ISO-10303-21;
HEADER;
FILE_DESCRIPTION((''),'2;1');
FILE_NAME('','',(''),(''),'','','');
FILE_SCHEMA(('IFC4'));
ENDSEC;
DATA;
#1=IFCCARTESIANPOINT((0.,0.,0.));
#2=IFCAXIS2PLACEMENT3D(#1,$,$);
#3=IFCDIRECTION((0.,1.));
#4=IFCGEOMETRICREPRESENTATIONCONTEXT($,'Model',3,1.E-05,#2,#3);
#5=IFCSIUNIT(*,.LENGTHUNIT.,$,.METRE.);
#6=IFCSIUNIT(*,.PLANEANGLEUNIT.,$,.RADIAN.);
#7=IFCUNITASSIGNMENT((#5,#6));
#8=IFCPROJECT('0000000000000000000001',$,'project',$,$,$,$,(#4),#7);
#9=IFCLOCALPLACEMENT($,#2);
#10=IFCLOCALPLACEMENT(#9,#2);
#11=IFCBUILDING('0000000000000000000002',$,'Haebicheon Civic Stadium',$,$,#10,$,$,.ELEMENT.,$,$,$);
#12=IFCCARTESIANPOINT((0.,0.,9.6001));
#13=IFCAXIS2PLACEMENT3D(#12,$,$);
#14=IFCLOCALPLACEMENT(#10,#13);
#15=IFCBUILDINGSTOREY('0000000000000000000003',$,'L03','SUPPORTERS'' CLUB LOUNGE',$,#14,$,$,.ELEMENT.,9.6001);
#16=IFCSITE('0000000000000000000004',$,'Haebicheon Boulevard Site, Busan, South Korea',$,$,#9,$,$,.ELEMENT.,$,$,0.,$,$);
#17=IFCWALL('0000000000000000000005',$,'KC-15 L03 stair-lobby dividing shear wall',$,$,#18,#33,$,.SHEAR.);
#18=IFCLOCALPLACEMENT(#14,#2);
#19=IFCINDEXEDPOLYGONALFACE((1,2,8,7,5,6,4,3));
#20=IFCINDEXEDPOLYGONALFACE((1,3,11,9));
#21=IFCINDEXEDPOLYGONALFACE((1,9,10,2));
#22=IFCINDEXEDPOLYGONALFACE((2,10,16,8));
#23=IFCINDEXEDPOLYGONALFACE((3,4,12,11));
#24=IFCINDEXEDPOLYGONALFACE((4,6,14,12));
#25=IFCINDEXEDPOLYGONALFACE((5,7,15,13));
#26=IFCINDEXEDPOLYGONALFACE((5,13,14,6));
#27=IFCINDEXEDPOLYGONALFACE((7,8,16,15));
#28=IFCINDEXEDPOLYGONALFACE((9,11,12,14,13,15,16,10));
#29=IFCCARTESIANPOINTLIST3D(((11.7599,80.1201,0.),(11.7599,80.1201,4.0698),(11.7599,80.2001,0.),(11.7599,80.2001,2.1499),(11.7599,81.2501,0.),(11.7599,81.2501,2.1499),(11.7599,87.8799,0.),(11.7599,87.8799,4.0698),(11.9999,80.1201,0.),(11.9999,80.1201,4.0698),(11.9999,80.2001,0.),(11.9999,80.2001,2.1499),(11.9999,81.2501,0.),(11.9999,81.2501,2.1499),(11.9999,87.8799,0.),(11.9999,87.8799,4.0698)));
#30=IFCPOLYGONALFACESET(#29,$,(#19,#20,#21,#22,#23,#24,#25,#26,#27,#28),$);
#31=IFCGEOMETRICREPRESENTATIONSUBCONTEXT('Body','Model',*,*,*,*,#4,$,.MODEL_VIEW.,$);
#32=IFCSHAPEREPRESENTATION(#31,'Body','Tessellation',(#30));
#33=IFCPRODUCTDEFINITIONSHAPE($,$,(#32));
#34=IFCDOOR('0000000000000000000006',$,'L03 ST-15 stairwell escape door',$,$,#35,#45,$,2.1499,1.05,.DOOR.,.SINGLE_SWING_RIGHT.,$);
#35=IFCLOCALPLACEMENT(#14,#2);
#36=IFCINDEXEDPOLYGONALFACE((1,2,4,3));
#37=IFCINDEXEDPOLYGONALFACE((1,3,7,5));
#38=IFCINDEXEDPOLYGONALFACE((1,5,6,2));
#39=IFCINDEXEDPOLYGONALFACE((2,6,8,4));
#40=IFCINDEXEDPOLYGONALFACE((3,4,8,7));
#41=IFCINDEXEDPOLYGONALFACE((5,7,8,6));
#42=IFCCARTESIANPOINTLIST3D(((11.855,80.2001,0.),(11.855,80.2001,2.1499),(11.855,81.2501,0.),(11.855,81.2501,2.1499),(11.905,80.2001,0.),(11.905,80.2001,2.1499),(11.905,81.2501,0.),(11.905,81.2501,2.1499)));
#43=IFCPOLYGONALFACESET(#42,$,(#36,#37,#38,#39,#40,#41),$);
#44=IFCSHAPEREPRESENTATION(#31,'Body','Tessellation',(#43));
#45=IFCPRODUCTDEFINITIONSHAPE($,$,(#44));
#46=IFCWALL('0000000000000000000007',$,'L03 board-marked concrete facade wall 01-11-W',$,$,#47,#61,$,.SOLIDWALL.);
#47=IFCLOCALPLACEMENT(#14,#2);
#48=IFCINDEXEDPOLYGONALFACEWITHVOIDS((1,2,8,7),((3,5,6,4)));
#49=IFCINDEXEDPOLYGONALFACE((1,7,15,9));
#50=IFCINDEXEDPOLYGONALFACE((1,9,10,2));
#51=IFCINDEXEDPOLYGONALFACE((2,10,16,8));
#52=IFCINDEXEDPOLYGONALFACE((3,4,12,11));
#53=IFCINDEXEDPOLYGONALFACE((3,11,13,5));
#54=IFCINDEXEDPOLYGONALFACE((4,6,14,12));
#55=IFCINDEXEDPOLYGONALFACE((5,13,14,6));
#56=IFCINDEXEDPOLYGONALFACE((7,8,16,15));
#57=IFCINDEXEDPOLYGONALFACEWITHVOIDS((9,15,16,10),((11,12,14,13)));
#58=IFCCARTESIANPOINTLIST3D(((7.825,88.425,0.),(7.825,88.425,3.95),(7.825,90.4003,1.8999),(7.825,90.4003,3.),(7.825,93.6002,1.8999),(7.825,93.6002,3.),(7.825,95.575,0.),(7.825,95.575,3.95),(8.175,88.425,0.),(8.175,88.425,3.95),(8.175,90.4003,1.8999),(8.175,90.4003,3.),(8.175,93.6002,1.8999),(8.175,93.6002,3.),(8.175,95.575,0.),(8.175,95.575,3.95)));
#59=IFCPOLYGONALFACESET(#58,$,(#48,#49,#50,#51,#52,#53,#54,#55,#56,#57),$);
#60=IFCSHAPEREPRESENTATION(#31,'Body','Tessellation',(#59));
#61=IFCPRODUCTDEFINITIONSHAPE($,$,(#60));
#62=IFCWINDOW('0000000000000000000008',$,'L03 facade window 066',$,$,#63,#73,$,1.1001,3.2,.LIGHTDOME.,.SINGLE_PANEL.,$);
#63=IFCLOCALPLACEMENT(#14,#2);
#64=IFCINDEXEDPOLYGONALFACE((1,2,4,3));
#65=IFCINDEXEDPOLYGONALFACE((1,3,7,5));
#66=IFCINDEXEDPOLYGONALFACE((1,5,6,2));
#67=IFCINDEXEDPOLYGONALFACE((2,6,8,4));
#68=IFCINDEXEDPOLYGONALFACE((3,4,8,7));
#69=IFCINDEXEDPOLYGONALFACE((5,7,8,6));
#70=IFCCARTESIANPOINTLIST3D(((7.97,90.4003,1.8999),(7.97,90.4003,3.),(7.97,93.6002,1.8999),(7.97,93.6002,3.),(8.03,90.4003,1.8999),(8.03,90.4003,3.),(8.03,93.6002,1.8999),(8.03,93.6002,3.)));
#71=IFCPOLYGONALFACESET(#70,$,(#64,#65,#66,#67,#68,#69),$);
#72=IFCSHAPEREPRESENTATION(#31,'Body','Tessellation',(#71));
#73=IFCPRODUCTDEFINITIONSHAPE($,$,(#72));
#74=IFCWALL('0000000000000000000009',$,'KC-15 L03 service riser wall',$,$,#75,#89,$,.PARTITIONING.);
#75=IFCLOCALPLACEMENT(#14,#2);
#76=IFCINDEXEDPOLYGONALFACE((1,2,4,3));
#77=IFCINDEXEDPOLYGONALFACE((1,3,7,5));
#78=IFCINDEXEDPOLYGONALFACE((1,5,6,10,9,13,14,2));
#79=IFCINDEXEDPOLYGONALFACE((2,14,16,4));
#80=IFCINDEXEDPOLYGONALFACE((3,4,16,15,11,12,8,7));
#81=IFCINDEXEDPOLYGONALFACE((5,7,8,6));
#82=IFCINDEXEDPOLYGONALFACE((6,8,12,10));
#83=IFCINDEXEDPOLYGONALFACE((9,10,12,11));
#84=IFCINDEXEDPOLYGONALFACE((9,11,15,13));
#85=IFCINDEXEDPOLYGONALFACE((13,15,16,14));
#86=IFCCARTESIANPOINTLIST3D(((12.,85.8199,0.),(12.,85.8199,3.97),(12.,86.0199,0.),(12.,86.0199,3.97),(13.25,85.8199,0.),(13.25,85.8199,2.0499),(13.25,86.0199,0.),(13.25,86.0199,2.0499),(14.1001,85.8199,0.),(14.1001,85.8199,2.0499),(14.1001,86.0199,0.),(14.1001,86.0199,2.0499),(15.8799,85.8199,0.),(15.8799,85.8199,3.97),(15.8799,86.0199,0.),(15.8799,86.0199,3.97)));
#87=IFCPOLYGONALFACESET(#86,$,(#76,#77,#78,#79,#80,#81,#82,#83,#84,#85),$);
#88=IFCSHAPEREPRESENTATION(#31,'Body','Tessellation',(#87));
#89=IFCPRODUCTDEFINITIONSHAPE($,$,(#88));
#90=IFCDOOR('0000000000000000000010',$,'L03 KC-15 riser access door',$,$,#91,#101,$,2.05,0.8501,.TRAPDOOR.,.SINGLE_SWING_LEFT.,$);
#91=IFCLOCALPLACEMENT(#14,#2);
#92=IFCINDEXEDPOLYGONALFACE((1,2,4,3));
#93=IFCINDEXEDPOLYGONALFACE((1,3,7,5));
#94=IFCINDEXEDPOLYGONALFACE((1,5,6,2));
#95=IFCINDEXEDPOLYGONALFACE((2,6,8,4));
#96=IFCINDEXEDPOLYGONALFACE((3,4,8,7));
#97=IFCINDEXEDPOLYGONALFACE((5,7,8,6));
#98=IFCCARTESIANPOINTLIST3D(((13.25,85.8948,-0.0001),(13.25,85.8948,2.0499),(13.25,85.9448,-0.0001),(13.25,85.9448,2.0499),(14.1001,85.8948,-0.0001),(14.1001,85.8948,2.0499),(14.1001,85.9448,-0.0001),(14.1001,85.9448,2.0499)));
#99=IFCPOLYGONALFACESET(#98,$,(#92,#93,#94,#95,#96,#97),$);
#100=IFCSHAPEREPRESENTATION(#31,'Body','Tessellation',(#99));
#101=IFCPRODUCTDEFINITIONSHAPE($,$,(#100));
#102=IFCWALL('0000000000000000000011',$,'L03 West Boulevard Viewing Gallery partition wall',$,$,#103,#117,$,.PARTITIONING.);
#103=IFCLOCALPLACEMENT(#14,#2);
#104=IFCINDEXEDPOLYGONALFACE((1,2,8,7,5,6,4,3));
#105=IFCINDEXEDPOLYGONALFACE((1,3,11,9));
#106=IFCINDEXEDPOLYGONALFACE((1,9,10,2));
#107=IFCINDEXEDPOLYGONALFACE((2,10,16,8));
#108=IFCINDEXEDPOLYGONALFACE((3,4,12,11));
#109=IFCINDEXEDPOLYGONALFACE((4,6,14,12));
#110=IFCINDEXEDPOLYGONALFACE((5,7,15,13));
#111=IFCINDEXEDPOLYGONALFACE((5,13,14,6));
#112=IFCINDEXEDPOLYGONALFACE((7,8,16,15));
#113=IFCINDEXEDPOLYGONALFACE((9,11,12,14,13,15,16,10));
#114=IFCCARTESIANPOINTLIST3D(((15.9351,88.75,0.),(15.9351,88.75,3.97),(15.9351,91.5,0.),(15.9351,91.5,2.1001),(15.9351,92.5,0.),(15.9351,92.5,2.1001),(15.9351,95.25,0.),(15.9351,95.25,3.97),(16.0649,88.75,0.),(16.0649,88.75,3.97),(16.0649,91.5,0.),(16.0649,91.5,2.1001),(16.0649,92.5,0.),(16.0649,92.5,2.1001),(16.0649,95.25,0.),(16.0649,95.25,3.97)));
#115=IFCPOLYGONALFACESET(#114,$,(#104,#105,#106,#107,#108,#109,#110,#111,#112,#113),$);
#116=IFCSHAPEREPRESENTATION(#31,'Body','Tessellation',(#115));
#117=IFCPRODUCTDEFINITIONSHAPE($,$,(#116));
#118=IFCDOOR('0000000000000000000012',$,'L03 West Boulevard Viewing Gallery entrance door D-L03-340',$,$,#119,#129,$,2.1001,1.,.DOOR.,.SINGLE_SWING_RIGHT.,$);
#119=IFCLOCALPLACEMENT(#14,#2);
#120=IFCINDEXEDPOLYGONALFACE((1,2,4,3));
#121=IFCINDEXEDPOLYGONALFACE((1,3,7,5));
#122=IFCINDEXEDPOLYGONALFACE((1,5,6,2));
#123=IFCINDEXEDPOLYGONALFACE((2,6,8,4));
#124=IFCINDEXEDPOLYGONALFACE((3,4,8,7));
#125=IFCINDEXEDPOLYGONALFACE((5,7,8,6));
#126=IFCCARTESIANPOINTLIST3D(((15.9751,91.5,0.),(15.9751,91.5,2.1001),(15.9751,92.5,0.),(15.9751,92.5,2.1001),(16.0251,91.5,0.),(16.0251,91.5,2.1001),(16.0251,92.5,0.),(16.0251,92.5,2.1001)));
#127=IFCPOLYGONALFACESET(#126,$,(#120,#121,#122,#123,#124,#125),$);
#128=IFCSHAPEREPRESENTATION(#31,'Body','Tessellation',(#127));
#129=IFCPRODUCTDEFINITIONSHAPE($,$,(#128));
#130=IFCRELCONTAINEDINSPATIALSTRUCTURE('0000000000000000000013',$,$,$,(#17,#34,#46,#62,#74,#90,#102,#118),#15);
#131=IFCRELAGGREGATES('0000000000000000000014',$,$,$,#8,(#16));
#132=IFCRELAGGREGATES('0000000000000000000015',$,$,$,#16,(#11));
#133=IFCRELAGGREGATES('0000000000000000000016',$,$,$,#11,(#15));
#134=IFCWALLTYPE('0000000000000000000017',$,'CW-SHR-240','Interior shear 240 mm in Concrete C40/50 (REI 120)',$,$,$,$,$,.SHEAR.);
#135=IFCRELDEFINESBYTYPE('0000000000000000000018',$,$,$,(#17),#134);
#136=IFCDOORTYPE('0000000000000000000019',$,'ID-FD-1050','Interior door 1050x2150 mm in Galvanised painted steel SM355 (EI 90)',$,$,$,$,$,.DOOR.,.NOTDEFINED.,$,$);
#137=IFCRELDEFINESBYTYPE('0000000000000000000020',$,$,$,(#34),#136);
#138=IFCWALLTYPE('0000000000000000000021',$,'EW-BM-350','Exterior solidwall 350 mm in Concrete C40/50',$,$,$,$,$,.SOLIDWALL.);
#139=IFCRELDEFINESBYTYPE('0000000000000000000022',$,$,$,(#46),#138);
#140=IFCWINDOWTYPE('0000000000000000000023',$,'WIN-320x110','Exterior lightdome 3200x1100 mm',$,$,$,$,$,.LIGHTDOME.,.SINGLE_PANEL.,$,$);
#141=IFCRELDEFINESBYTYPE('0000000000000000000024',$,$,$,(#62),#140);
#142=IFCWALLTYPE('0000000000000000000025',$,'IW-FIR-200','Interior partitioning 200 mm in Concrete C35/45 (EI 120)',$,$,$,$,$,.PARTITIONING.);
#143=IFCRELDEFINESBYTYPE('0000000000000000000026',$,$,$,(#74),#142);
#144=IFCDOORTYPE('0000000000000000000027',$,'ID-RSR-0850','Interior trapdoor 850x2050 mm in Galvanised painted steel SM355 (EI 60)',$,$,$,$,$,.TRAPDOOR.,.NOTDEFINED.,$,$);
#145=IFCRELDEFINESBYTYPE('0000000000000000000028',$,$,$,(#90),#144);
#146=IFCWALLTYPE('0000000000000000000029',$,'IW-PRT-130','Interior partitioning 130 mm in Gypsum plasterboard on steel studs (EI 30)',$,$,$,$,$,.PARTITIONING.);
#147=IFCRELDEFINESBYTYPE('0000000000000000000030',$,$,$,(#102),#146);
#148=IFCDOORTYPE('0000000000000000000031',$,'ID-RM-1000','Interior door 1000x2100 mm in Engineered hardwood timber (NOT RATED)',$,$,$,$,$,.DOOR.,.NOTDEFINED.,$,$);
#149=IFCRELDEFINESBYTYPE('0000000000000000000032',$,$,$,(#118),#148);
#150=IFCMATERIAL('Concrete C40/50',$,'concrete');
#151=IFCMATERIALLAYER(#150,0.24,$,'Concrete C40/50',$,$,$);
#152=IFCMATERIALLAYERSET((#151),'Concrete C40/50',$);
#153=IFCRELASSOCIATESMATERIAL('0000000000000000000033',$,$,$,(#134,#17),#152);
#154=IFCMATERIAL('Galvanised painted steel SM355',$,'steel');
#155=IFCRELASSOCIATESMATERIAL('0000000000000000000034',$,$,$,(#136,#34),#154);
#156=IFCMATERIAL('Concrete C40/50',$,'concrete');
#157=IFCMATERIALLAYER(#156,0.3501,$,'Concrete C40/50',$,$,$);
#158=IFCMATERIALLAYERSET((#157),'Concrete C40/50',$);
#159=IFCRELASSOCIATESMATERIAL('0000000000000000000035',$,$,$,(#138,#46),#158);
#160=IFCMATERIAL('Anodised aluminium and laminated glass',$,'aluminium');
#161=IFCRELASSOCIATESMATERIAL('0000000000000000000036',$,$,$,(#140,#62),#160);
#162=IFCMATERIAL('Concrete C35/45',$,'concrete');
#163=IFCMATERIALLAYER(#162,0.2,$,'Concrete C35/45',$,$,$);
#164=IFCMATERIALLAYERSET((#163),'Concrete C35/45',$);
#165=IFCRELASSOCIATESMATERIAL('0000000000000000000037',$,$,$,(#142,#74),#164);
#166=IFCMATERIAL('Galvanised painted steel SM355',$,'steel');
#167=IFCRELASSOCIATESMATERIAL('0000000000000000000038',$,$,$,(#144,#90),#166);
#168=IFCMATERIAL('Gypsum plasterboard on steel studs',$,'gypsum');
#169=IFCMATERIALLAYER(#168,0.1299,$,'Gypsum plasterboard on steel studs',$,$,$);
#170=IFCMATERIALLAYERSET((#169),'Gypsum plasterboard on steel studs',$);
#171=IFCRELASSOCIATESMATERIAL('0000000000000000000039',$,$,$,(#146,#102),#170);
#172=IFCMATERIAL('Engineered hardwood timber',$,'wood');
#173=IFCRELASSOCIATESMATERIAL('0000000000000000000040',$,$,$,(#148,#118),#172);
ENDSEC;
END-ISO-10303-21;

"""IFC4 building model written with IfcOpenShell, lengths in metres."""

from ifc_helpers import new_model, si_unit, direction, frame, frame_2d, origin, place, context, subcontext, project, spatial, rectangle, extrude, material, layer, layer_set, type_object, element, fill, save


model = new_model("IFC4")

# Units and contexts
model_context = context("Model", 3, precision=1e-05, world=origin(), true_north=direction((0.0, 1.0)))
body_context = subcontext(model_context, "Body", "Model", "MODEL_VIEW")
ifc_project = project(units=[si_unit("LENGTHUNIT", "METRE"), si_unit("PLANEANGLEUNIT", "RADIAN")], contexts=[model_context])

# Site, building, storey
site_placement = place(None, origin())
site = spatial("IfcSite", under=ifc_project, at=site_placement, Name="Haebicheon Boulevard Site, Busan, South Korea", CompositionType="ELEMENT", RefElevation=0.0)
building_placement = place(site_placement, origin())
building = spatial("IfcBuilding", under=site, at=building_placement, Name="Haebicheon Civic Stadium", CompositionType="ELEMENT")
storey_placement = place(building_placement, frame((0.0, 0.0, 9.6001)))
storey = spatial("IfcBuildingStorey", under=building, at=storey_placement, Name="L03", Description="SUPPORTERS' CLUB LOUNGE", CompositionType="ELEMENT", Elevation=9.6001)

# Shared definitions
ifc_material_1 = material(Name="Concrete C40/50", Category="concrete")
ifc_layer_1 = layer(ifc_material_1, 0.24, Name="Concrete C40/50")
ifc_layer_set_1 = layer_set([ifc_layer_1], Name="Concrete C40/50")
wall_type_1 = type_object("IfcWallType", Name="CW-SHR-240", Description="Interior shear 240 mm in Concrete C40/50 (REI 120)", PredefinedType="SHEAR", material=ifc_layer_set_1)

# Wall, opening, door
wall_1_placement = place(storey_placement, frame((11.8799, 80.1201, 0.0), z_axis=(0.0, 0.0, 1.0), x_axis=(0.0, 1.0, 0.0)))
wall_1 = element("IfcWall", 1, at=wall_1_placement, inside=storey, type_object=wall_type_1, material=ifc_layer_set_1, Name="KC-15 L03 stair-lobby dividing shear wall", PredefinedType="SHEAR", context=body_context, shape_type="SweptSolid", body=[
    extrude(rectangle(XDim=7.7598, YDim=0.24, at=frame_2d((3.8799, 0.0))), origin(), (0.0, 0.0, 1.0), 4.0698),
])
opening_1_placement = place(wall_1_placement, frame((0.0801, 0.0, 0.0)))
opening_1 = element("IfcOpeningElement", 2, at=opening_1_placement, cuts=wall_1, PredefinedType="OPENING", context=body_context, shape_type="SweptSolid", body=[
    extrude(rectangle(XDim=1.05, YDim=2.1499, at=frame_2d((0.5249, 1.075))), frame((0.0, 0.1299, 0.0), z_axis=(0.0, -1.0, 0.0), x_axis=(1.0, 0.0, 0.0)), (0.0, 0.0, 1.0), 0.26),
])
ifc_material_2 = material(Name="Galvanised painted steel SM355", Category="steel")
door_type_1 = type_object("IfcDoorType", Name="ID-FD-1050", Description="Interior door 1050x2150 mm in Galvanised painted steel SM355 (EI 90)", OperationType="NOTDEFINED", PredefinedType="DOOR", material=ifc_material_2)
door_1_placement = place(opening_1_placement, origin())
door_1 = element("IfcDoor", 3, at=door_1_placement, inside=storey, type_object=door_type_1, material=ifc_material_2, Name="L03 ST-15 stairwell escape door", OperationType="SINGLE_SWING_RIGHT", OverallHeight=2.1499, OverallWidth=1.05, PredefinedType="DOOR", context=body_context, shape_type="SweptSolid", body=[
    extrude(rectangle(XDim=1.05, YDim=2.1499, at=frame_2d((0.5249, 1.075))), frame((0.0, 0.0249, 0.0), z_axis=(0.0, -1.0, 0.0), x_axis=(1.0, 0.0, 0.0)), (0.0, 0.0, 1.0), 0.05),
])
fill(opening_1, door_1)

# Wall, opening, window
ifc_material_3 = material(Name="Concrete C40/50", Category="concrete")
ifc_layer_2 = layer(ifc_material_3, 0.3501, Name="Concrete C40/50")
ifc_layer_set_2 = layer_set([ifc_layer_2], Name="Concrete C40/50")
wall_type_2 = type_object("IfcWallType", Name="EW-BM-350", Description="Exterior solidwall 350 mm in Concrete C40/50", PredefinedType="SOLIDWALL", material=ifc_layer_set_2)
wall_2_placement = place(storey_placement, frame((8.0, 88.425, 0.0), z_axis=(0.0, 0.0, 1.0), x_axis=(0.0, 1.0, 0.0)))
wall_2 = element("IfcWall", 4, at=wall_2_placement, inside=storey, type_object=wall_type_2, material=ifc_layer_set_2, Name="L03 board-marked concrete facade wall 01-11-W", PredefinedType="SOLIDWALL", context=body_context, shape_type="SweptSolid", body=[
    extrude(rectangle(XDim=7.1499, YDim=0.3501, at=frame_2d((3.575, 0.0))), origin(), (0.0, 0.0, 1.0), 3.95),
])
opening_2_placement = place(wall_2_placement, frame((1.9751, 0.0, 1.8999)))
opening_2 = element("IfcOpeningElement", 5, at=opening_2_placement, cuts=wall_2, PredefinedType="OPENING", context=body_context, shape_type="SweptSolid", body=[
    extrude(rectangle(XDim=3.2, YDim=1.1001, at=frame_2d((1.6001, 0.55))), frame((0.0, 0.1851, 0.0), z_axis=(0.0, -1.0, 0.0), x_axis=(1.0, 0.0, 0.0)), (0.0, 0.0, 1.0), 0.3701),
])
ifc_material_4 = material(Name="Anodised aluminium and laminated glass", Category="aluminium")
window_type = type_object("IfcWindowType", Name="WIN-320x110", Description="Exterior lightdome 3200x1100 mm", PartitioningType="SINGLE_PANEL", PredefinedType="LIGHTDOME", material=ifc_material_4)
window_placement = place(opening_2_placement, origin())
window = element("IfcWindow", 6, at=window_placement, inside=storey, type_object=window_type, material=ifc_material_4, Name="L03 facade window 066", OverallHeight=1.1001, OverallWidth=3.2, PartitioningType="SINGLE_PANEL", PredefinedType="LIGHTDOME", context=body_context, shape_type="SweptSolid", body=[
    extrude(rectangle(XDim=3.2, YDim=1.1001, at=frame_2d((1.6001, 0.55))), frame((0.0, 0.03, 0.0), z_axis=(0.0, -1.0, 0.0), x_axis=(1.0, 0.0, 0.0)), (0.0, 0.0, 1.0), 0.0601),
])
fill(opening_2, window)

# Walls, openings, doors
ifc_material_5 = material(Name="Concrete C35/45", Category="concrete")
ifc_layer_3 = layer(ifc_material_5, 0.2, Name="Concrete C35/45")
ifc_layer_set_3 = layer_set([ifc_layer_3], Name="Concrete C35/45")
wall_type_3 = type_object("IfcWallType", Name="IW-FIR-200", Description="Interior partitioning 200 mm in Concrete C35/45 (EI 120)", PredefinedType="PARTITIONING", material=ifc_layer_set_3)
wall_3_placement = place(storey_placement, frame((12.0, 85.9199, 0.0), z_axis=(0.0, 0.0, 1.0), x_axis=(1.0, 0.0, 0.0)))
wall_3 = element("IfcWall", 7, at=wall_3_placement, inside=storey, type_object=wall_type_3, material=ifc_layer_set_3, Name="KC-15 L03 service riser wall", PredefinedType="PARTITIONING", context=body_context, shape_type="SweptSolid", body=[
    extrude(rectangle(XDim=3.8799, YDim=0.2, at=frame_2d((1.9399, 0.0))), origin(), (0.0, 0.0, 1.0), 3.97),
])
opening_3_placement = place(wall_3_placement, frame((1.25, 0.0, 0.0)))
opening_3 = element("IfcOpeningElement", 8, at=opening_3_placement, cuts=wall_3, PredefinedType="OPENING", context=body_context, shape_type="SweptSolid", body=[
    extrude(rectangle(XDim=0.8501, YDim=2.05, at=frame_2d((0.425, 1.0249))), frame((0.0, 0.1099, 0.0), z_axis=(0.0, -1.0, 0.0), x_axis=(1.0, 0.0, 0.0)), (0.0, 0.0, 1.0), 0.22),
])
ifc_material_6 = material(Name="Galvanised painted steel SM355", Category="steel")
door_type_2 = type_object("IfcDoorType", Name="ID-RSR-0850", Description="Interior trapdoor 850x2050 mm in Galvanised painted steel SM355 (EI 60)", OperationType="NOTDEFINED", PredefinedType="TRAPDOOR", material=ifc_material_6)
door_2_placement = place(opening_3_placement, origin())
door_2 = element("IfcDoor", 9, at=door_2_placement, inside=storey, type_object=door_type_2, material=ifc_material_6, Name="L03 KC-15 riser access door", OperationType="SINGLE_SWING_LEFT", OverallHeight=2.05, OverallWidth=0.8501, PredefinedType="TRAPDOOR", context=body_context, shape_type="SweptSolid", body=[
    extrude(rectangle(XDim=0.8501, YDim=2.05, at=frame_2d((0.425, 1.0249))), frame((0.0, 0.0249, 0.0), z_axis=(0.0, -1.0, 0.0), x_axis=(1.0, 0.0, 0.0)), (0.0, 0.0, 1.0), 0.05),
])
fill(opening_3, door_2)
ifc_material_7 = material(Name="Gypsum plasterboard on steel studs", Category="gypsum")
ifc_layer_4 = layer(ifc_material_7, 0.1299, Name="Gypsum plasterboard on steel studs")
ifc_layer_set_4 = layer_set([ifc_layer_4], Name="Gypsum plasterboard on steel studs")
wall_type_4 = type_object("IfcWallType", Name="IW-PRT-130", Description="Interior partitioning 130 mm in Gypsum plasterboard on steel studs (EI 30)", PredefinedType="PARTITIONING", material=ifc_layer_set_4)
wall_4_placement = place(storey_placement, frame((16.0, 88.75, 0.0), z_axis=(0.0, 0.0, 1.0), x_axis=(0.0, 1.0, 0.0)))
wall_4 = element("IfcWall", 10, at=wall_4_placement, inside=storey, type_object=wall_type_4, material=ifc_layer_set_4, Name="L03 West Boulevard Viewing Gallery partition wall", PredefinedType="PARTITIONING", context=body_context, shape_type="SweptSolid", body=[
    extrude(rectangle(XDim=6.5, YDim=0.1299, at=frame_2d((3.25, 0.0))), origin(), (0.0, 0.0, 1.0), 3.97),
])
opening_4_placement = place(wall_4_placement, frame((2.75, 0.0, 0.0)))
opening_4 = element("IfcOpeningElement", 11, at=opening_4_placement, cuts=wall_4, PredefinedType="OPENING", context=body_context, shape_type="SweptSolid", body=[
    extrude(rectangle(XDim=1.0, YDim=2.1001, at=frame_2d((0.5, 1.05))), frame((0.0, 0.075, 0.0), z_axis=(0.0, -1.0, 0.0), x_axis=(1.0, 0.0, 0.0)), (0.0, 0.0, 1.0), 0.1499),
])
ifc_material_8 = material(Name="Engineered hardwood timber", Category="wood")
door_type_3 = type_object("IfcDoorType", Name="ID-RM-1000", Description="Interior door 1000x2100 mm in Engineered hardwood timber (NOT RATED)", OperationType="NOTDEFINED", PredefinedType="DOOR", material=ifc_material_8)
door_3_placement = place(opening_4_placement, origin())
door_3 = element("IfcDoor", 12, at=door_3_placement, inside=storey, type_object=door_type_3, material=ifc_material_8, Name="L03 West Boulevard Viewing Gallery entrance door D-L03-340", OperationType="SINGLE_SWING_RIGHT", OverallHeight=2.1001, OverallWidth=1.0, PredefinedType="DOOR", context=body_context, shape_type="SweptSolid", body=[
    extrude(rectangle(XDim=1.0, YDim=2.1001, at=frame_2d((0.5, 1.05))), frame((0.0, 0.0249, 0.0), z_axis=(0.0, -1.0, 0.0), x_axis=(1.0, 0.0, 0.0)), (0.0, 0.0, 1.0), 0.05),
])
fill(opening_4, door_3)

save(model, "model.ifc")
